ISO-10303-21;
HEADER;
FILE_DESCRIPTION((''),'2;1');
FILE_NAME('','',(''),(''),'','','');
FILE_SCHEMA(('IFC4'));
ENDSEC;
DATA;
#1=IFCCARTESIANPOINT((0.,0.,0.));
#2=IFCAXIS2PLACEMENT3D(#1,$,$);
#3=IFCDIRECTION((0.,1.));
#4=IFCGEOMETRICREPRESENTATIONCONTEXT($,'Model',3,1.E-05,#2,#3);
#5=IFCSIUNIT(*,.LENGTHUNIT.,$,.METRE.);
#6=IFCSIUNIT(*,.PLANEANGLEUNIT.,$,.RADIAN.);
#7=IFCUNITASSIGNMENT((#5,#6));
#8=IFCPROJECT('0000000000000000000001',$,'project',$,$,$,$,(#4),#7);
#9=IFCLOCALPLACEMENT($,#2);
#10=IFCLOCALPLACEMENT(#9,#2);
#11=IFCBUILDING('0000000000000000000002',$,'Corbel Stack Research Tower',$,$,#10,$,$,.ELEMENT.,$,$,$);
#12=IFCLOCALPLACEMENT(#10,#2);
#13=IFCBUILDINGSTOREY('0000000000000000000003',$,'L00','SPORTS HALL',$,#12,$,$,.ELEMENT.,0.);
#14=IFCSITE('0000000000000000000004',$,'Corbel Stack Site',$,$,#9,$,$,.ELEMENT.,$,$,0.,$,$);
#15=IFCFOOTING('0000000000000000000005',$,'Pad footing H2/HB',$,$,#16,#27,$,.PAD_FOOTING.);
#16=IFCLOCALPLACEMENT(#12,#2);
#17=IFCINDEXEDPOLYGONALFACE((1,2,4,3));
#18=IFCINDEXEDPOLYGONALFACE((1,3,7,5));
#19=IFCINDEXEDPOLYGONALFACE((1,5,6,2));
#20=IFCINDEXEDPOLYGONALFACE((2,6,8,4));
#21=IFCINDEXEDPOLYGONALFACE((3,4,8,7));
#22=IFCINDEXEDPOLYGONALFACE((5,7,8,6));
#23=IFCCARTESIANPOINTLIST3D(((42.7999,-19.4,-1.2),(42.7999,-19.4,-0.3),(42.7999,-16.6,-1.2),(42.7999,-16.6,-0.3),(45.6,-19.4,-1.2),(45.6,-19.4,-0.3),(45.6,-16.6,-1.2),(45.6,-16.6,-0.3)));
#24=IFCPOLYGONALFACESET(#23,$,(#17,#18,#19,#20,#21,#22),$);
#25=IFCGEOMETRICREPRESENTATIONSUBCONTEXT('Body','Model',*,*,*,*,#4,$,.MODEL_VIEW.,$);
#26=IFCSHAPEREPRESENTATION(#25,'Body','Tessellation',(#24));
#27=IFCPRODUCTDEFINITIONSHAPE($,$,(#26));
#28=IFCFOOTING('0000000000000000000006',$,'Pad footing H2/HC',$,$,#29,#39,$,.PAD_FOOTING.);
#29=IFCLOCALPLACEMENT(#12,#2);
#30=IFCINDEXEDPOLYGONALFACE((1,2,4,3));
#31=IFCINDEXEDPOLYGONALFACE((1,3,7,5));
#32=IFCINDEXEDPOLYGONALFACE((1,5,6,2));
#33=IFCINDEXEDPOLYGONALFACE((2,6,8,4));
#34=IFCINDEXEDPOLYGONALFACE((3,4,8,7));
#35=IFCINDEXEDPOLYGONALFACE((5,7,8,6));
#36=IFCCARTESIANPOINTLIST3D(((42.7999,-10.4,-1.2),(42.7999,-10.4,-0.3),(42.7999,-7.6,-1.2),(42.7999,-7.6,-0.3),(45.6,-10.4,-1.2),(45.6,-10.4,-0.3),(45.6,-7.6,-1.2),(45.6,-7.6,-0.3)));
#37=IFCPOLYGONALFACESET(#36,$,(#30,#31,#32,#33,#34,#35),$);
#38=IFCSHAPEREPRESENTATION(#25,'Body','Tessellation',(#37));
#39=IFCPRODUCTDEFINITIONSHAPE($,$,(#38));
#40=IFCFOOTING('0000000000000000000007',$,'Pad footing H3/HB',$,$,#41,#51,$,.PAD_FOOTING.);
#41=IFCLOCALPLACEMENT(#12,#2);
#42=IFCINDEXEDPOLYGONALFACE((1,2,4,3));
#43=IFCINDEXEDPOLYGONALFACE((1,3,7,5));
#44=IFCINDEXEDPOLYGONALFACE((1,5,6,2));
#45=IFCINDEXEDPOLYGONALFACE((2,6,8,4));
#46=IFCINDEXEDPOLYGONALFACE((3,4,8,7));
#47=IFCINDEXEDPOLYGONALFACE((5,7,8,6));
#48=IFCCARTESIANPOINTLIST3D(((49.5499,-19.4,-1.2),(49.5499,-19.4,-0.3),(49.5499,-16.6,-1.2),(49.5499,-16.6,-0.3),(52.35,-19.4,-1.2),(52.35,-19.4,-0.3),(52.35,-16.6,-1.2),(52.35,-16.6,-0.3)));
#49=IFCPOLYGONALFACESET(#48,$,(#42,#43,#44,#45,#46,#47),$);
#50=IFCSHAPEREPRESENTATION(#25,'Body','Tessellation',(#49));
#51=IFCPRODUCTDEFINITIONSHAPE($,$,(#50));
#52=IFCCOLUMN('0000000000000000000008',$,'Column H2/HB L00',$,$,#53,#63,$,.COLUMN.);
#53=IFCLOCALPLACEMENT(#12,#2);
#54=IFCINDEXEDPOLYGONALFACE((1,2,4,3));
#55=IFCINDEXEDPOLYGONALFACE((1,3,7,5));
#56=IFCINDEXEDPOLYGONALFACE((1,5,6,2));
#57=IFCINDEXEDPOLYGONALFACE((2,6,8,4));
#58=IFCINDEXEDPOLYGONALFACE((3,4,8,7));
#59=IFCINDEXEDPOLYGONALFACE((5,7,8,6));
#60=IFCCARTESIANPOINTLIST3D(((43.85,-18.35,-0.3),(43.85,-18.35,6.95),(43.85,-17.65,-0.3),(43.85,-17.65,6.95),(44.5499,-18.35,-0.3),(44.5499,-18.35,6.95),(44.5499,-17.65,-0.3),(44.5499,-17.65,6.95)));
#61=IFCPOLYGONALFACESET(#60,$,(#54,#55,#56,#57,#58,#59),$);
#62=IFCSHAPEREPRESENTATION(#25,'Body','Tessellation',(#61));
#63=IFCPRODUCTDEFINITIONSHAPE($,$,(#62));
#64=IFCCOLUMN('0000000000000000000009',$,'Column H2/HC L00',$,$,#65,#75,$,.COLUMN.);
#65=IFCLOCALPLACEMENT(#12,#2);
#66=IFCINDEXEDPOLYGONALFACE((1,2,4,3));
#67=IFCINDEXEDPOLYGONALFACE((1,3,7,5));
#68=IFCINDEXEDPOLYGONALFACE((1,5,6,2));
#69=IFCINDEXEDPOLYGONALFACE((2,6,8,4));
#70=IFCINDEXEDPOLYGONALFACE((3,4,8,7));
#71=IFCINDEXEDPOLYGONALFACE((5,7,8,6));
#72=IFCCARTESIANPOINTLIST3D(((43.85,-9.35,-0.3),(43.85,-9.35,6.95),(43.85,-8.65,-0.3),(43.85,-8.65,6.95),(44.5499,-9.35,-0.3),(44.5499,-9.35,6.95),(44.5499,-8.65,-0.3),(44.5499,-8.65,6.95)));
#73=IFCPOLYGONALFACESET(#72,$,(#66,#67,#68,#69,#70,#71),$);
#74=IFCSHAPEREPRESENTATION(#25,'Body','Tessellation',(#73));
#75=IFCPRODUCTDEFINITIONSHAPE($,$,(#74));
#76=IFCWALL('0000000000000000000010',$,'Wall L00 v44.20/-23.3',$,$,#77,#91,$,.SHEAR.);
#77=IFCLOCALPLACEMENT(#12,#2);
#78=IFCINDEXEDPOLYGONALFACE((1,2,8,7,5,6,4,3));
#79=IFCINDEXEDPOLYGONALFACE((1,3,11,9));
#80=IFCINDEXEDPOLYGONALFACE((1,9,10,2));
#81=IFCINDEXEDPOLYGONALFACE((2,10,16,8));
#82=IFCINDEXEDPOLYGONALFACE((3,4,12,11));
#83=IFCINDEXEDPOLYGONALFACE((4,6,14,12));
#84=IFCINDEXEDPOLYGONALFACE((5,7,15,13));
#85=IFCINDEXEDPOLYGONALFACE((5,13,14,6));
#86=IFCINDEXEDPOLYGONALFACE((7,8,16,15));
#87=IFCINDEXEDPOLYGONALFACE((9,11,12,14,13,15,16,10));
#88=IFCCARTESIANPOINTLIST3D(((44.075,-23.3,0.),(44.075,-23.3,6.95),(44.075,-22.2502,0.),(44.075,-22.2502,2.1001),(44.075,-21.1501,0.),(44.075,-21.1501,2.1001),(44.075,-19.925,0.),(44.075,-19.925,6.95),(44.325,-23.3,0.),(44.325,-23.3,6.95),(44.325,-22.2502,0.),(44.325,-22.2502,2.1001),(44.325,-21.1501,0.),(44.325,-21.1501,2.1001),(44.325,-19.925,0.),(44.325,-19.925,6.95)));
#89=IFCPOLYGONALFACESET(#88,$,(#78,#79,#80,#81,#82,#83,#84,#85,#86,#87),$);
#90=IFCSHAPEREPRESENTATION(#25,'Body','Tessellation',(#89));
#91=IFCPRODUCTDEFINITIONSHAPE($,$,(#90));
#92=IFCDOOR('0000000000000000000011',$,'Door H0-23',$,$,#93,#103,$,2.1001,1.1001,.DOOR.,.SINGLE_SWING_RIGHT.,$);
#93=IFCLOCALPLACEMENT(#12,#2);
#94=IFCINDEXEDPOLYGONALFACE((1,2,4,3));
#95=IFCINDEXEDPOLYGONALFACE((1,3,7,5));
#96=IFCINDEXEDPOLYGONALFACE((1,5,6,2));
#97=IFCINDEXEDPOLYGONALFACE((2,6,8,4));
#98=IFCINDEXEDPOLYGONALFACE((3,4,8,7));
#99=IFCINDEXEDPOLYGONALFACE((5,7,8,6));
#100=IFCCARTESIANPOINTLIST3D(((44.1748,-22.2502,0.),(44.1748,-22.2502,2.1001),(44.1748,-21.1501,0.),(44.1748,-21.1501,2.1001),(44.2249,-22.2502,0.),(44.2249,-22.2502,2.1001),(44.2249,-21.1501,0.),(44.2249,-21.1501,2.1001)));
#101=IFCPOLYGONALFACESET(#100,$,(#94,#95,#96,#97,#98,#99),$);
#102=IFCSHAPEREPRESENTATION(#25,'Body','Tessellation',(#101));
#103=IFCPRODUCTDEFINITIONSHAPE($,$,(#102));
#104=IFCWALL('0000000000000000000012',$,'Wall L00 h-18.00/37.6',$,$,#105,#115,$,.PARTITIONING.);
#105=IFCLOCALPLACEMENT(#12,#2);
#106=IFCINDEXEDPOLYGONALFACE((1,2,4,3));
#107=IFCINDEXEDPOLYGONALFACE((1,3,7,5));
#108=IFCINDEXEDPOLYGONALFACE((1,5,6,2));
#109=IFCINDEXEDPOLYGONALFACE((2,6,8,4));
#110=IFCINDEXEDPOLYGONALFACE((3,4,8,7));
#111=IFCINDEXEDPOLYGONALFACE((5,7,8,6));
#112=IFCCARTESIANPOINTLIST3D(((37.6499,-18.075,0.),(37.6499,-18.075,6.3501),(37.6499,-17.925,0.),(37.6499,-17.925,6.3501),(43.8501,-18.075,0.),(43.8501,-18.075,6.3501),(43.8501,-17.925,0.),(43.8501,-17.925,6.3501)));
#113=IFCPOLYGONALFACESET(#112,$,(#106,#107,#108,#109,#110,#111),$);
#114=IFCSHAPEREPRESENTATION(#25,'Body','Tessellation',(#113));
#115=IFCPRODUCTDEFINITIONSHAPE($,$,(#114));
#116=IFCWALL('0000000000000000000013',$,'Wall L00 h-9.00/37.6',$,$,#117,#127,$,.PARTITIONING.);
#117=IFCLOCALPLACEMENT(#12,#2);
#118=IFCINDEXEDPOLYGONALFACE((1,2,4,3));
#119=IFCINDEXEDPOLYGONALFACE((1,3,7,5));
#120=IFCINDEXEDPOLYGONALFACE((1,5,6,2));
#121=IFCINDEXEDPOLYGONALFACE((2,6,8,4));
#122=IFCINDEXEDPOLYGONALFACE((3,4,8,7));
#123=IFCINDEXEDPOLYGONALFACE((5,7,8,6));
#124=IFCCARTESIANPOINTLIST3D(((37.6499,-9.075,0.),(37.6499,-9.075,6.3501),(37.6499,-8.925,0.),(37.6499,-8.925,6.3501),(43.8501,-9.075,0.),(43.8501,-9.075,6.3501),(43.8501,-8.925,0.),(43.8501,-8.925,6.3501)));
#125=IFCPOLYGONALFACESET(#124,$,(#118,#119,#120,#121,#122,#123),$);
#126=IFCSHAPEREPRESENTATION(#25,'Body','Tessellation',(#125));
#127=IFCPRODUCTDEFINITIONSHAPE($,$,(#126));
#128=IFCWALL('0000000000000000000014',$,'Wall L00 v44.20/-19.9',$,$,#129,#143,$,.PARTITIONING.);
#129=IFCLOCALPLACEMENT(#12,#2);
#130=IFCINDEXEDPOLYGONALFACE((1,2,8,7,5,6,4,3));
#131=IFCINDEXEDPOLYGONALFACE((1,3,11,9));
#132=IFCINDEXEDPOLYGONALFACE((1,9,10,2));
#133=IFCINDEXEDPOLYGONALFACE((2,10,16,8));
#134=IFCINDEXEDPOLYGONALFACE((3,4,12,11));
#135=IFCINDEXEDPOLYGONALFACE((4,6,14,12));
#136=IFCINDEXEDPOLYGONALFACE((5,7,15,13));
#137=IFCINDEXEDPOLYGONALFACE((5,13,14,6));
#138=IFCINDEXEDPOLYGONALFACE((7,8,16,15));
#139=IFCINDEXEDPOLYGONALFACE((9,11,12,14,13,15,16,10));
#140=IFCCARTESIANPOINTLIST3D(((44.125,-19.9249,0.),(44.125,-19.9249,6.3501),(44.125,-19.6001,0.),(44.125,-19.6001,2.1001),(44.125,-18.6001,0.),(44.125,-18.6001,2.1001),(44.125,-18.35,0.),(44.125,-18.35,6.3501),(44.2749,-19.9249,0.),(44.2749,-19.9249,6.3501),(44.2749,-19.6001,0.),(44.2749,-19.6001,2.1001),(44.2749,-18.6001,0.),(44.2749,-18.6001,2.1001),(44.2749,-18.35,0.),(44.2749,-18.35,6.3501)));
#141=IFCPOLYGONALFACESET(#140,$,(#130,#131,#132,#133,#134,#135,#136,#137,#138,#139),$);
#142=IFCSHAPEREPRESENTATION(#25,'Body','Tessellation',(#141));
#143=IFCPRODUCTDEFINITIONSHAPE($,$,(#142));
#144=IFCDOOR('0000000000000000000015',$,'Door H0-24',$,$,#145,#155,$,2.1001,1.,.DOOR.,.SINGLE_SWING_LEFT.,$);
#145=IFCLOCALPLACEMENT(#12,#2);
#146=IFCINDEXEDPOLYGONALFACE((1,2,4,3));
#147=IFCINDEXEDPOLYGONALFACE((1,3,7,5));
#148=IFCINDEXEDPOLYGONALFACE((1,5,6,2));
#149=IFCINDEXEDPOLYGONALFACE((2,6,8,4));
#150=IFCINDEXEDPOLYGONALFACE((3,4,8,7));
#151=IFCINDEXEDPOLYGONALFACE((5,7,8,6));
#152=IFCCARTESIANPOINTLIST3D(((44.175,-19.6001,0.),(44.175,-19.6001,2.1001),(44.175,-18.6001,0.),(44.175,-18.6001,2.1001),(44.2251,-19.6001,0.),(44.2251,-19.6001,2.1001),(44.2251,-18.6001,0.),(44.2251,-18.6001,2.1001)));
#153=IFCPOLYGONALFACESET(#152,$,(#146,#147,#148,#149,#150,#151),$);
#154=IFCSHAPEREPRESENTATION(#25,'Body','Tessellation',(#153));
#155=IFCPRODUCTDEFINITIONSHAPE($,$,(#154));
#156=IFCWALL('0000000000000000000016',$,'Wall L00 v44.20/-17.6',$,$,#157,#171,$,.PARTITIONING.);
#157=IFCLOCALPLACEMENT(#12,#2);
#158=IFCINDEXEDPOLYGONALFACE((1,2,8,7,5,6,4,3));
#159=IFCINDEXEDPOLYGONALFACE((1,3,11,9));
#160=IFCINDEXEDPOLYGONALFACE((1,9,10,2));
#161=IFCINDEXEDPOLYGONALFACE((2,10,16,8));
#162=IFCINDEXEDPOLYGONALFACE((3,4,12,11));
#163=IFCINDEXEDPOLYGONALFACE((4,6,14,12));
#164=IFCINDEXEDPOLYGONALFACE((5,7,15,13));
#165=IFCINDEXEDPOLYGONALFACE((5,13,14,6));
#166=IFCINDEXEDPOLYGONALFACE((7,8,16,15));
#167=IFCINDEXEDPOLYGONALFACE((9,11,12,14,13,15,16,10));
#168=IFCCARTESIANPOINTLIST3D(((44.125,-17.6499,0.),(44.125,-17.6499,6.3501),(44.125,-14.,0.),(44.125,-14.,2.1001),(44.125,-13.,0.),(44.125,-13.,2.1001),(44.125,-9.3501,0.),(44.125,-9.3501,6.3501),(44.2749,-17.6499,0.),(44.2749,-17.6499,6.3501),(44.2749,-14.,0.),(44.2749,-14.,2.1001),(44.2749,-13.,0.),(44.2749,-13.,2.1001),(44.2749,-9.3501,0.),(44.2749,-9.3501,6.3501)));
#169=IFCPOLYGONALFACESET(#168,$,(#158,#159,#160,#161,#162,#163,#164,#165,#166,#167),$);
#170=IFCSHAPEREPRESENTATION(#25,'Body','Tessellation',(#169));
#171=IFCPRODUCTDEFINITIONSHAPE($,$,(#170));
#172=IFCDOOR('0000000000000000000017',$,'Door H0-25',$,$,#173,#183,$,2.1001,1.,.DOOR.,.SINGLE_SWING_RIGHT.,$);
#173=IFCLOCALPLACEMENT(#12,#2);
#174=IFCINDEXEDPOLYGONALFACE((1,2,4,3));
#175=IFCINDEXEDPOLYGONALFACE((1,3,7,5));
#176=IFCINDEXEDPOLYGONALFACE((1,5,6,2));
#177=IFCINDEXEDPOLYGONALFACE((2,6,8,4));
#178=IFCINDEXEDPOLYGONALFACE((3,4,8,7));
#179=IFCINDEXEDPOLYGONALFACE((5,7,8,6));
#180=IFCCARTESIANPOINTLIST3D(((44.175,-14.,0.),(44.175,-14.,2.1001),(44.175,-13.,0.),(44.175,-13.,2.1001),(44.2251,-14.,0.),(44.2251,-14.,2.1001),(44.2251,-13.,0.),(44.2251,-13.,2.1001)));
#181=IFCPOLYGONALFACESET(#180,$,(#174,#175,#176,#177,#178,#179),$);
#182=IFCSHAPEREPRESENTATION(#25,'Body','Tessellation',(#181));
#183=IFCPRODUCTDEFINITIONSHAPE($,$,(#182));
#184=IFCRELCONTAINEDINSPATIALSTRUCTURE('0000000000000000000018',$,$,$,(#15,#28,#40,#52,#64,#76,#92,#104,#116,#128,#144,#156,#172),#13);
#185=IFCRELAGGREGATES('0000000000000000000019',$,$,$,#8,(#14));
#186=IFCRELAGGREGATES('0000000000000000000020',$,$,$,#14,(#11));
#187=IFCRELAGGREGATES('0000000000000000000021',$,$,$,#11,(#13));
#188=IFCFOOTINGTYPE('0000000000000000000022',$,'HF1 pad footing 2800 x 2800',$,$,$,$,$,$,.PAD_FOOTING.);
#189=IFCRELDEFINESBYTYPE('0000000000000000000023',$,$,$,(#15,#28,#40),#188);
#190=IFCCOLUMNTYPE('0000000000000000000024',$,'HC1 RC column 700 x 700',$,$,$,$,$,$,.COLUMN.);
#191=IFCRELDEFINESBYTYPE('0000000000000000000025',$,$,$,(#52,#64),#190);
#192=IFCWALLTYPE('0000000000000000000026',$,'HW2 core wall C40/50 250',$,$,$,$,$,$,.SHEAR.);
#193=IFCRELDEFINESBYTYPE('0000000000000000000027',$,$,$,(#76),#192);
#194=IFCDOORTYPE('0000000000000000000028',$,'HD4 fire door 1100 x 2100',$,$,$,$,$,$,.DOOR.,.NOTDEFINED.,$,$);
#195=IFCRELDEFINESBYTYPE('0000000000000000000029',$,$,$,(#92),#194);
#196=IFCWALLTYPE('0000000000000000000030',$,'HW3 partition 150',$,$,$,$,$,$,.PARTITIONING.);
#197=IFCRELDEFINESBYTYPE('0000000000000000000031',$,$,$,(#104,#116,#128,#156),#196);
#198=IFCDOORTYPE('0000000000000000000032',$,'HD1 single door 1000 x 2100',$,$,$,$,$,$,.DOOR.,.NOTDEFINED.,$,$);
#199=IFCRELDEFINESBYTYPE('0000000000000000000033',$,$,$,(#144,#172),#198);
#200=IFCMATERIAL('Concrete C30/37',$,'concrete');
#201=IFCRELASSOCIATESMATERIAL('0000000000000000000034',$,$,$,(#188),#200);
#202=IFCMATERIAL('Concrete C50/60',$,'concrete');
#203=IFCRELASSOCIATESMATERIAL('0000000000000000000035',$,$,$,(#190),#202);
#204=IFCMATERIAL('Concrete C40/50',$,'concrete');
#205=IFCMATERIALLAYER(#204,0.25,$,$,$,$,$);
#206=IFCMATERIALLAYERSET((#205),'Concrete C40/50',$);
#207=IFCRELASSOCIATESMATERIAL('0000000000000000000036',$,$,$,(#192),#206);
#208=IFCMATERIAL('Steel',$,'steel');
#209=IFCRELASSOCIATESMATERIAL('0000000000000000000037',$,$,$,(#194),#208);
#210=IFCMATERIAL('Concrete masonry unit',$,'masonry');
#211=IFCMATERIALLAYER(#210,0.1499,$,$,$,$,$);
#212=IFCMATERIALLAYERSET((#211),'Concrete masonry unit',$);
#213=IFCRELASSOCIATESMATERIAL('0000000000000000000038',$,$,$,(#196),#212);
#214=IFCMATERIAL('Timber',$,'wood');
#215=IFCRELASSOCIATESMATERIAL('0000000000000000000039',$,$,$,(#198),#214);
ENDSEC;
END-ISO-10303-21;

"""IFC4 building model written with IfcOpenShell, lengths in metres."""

from ifc_helpers import new_model, si_unit, direction, frame, frame_2d, origin, origin_2d, place, context, subcontext, project, spatial, rectangle, extrude, material, layer, layer_set, material_profile, profile_set, type_object, element, fill, save


model = new_model("IFC4")

# Units and contexts
model_context = context("Model", 3, precision=1e-05, world=origin(), true_north=direction((0.0, 1.0)))
body_context = subcontext(model_context, "Body", "Model", "MODEL_VIEW")
ifc_project = project(units=[si_unit("LENGTHUNIT", "METRE"), si_unit("PLANEANGLEUNIT", "RADIAN")], contexts=[model_context])

# Site, building, storey
site_placement = place(None, origin())
site = spatial("IfcSite", under=ifc_project, at=site_placement, Name="Corbel Stack Site", CompositionType="ELEMENT", RefElevation=0.0)
building_placement = place(site_placement, origin())
building = spatial("IfcBuilding", under=site, at=building_placement, Name="Corbel Stack Research Tower", CompositionType="ELEMENT")
storey_placement = place(building_placement, origin())
storey = spatial("IfcBuildingStorey", under=building, at=storey_placement, Name="L00", Description="SPORTS HALL", CompositionType="ELEMENT", Elevation=0.0)

# Footings
ifc_material_1 = material(Name="Concrete C30/37", Category="concrete")
footing_type = type_object("IfcFootingType", Name="HF1 pad footing 2800 x 2800", PredefinedType="PAD_FOOTING", material=ifc_material_1)
for number, where, z_axis, x_axis, name in (
    (1, (44.2, -18.0, -1.2), (0.0, 0.0, 1.0), (1.0, 0.0, 0.0), "Pad footing H2/HB"),
    (2, (44.2, -9.0, -1.2), (0.0, 0.0, 1.0), (1.0, 0.0, 0.0), "Pad footing H2/HC"),
    (3, (50.95, -18.0, -1.2), (0.0, 0.0, 1.0), (1.0, 0.0, 0.0), "Pad footing H3/HB"),
):
    element("IfcFooting", number, at=place(storey_placement, frame(where, z_axis=z_axis, x_axis=x_axis)), inside=storey, type_object=footing_type, Name=name, PredefinedType="PAD_FOOTING", context=body_context, shape_type="SweptSolid", body=[
        extrude(rectangle(XDim=2.8, YDim=2.8, at=origin_2d()), origin(), (0.0, 0.0, 1.0), 0.8999),
    ])

# Columns
ifc_material_2 = material(Name="Concrete C50/60", Category="concrete")
ifc_material_profile = material_profile(ifc_material_2, rectangle(XDim=0.7, YDim=0.7, at=origin_2d()), Name="RC 700 x 700")
ifc_profile_set = profile_set([ifc_material_profile], Name="Concrete C50/60")
column_type = type_object("IfcColumnType", Name="HC1 RC column 700 x 700", PredefinedType="COLUMN", material=ifc_profile_set)
for number, where, z_axis, x_axis, name in (
    (4, (44.2, -18.0, -0.3), (0.0, 0.0, 1.0), (1.0, 0.0, 0.0), "Column H2/HB L00"),
    (5, (44.2, -9.0, -0.3), (0.0, 0.0, 1.0), (1.0, 0.0, 0.0), "Column H2/HC L00"),
):
    element("IfcColumn", number, at=place(storey_placement, frame(where, z_axis=z_axis, x_axis=x_axis)), inside=storey, type_object=column_type, Name=name, PredefinedType="COLUMN", context=body_context, shape_type="SweptSolid", body=[
        extrude(rectangle(XDim=0.7, YDim=0.7, at=origin_2d()), origin(), (0.0, 0.0, 1.0), 7.25),
    ])

# Wall, opening, door
ifc_material_3 = material(Name="Concrete C40/50", Category="concrete")
ifc_layer_1 = layer(ifc_material_3, 0.25)
ifc_layer_set_1 = layer_set([ifc_layer_1], Name="Concrete C40/50")
wall_type_1 = type_object("IfcWallType", Name="HW2 core wall C40/50 250", PredefinedType="SHEAR", material=ifc_layer_set_1)
wall_1_placement = place(storey_placement, frame((44.2, -19.925, 0.0), z_axis=(0.0, 0.0, 1.0), x_axis=(0.0, -1.0, 0.0)))
wall_1 = element("IfcWall", 6, at=wall_1_placement, inside=storey, type_object=wall_type_1, Name="Wall L00 v44.20/-23.3", PredefinedType="SHEAR", context=body_context, shape_type="SweptSolid", body=[
    extrude(rectangle(XDim=3.375, YDim=0.25, at=frame_2d((1.6875, 0.0))), origin(), (0.0, 0.0, 1.0), 6.95),
])
opening_1_placement = place(wall_1_placement, frame((1.2251, 0.0, 0.0)))
opening_1 = element("IfcOpeningElement", 7, at=opening_1_placement, cuts=wall_1, PredefinedType="OPENING", context=body_context, shape_type="SweptSolid", body=[
    extrude(rectangle(XDim=1.1001, YDim=2.1001, at=frame_2d((0.55, 1.05))), frame((0.0, 0.135, 0.0), z_axis=(0.0, -1.0, 0.0), x_axis=(1.0, 0.0, 0.0)), (0.0, 0.0, 1.0), 0.27),
])
ifc_material_4 = material(Name="Steel", Category="steel")
door_type_1 = type_object("IfcDoorType", Name="HD4 fire door 1100 x 2100", OperationType="NOTDEFINED", PredefinedType="DOOR", material=ifc_material_4)
door_1_placement = place(opening_1_placement, origin())
door_1 = element("IfcDoor", 8, at=door_1_placement, inside=storey, type_object=door_type_1, Name="Door H0-23", OperationType="SINGLE_SWING_RIGHT", OverallHeight=2.1001, OverallWidth=1.1001, PredefinedType="DOOR", context=body_context, shape_type="SweptSolid", body=[
    extrude(rectangle(XDim=1.1001, YDim=2.1001, at=frame_2d((0.55, 1.05))), frame((0.0, 0.0249, 0.0), z_axis=(0.0, -1.0, 0.0), x_axis=(1.0, 0.0, 0.0)), (0.0, 0.0, 1.0), 0.05),
])
fill(opening_1, door_1)

# Walls
ifc_material_5 = material(Name="Concrete masonry unit", Category="masonry")
ifc_layer_2 = layer(ifc_material_5, 0.1499)
ifc_layer_set_2 = layer_set([ifc_layer_2], Name="Concrete masonry unit")
wall_type_2 = type_object("IfcWallType", Name="HW3 partition 150", PredefinedType="PARTITIONING", material=ifc_layer_set_2)
for number, where, z_axis, x_axis, name in (
    (9, (37.6499, -18.0, 0.0), (0.0, 0.0, 1.0), (1.0, 0.0, 0.0), "Wall L00 h-18.00/37.6"),
    (10, (37.6499, -9.0, 0.0), (0.0, 0.0, 1.0), (1.0, 0.0, 0.0), "Wall L00 h-9.00/37.6"),
):
    element("IfcWall", number, at=place(storey_placement, frame(where, z_axis=z_axis, x_axis=x_axis)), inside=storey, type_object=wall_type_2, Name=name, PredefinedType="PARTITIONING", context=body_context, shape_type="SweptSolid", body=[
        extrude(rectangle(XDim=6.2002, YDim=0.1499, at=frame_2d((3.1001, 0.0))), origin(), (0.0, 0.0, 1.0), 6.3501),
    ])

# Walls, openings, doors
wall_2_placement = place(storey_placement, frame((44.2, -19.925, 0.0), z_axis=(0.0, 0.0, 1.0), x_axis=(0.0, 1.0, 0.0)))
wall_2 = element("IfcWall", 11, at=wall_2_placement, inside=storey, type_object=wall_type_2, Name="Wall L00 v44.20/-19.9", PredefinedType="PARTITIONING", context=body_context, shape_type="SweptSolid", body=[
    extrude(rectangle(XDim=1.575, YDim=0.1499, at=frame_2d((0.7876, 0.0))), origin(), (0.0, 0.0, 1.0), 6.3501),
])
opening_2_placement = place(wall_2_placement, frame((0.325, 0.0, 0.0)))
opening_2 = element("IfcOpeningElement", 12, at=opening_2_placement, cuts=wall_2, PredefinedType="OPENING", context=body_context, shape_type="SweptSolid", body=[
    extrude(rectangle(XDim=1.0, YDim=2.1001, at=frame_2d((0.5, 1.05))), frame((0.0, 0.085, 0.0), z_axis=(0.0, -1.0, 0.0), x_axis=(1.0, 0.0, 0.0)), (0.0, 0.0, 1.0), 0.1699),
])
ifc_material_6 = material(Name="Timber", Category="wood")
door_type_2 = type_object("IfcDoorType", Name="HD1 single door 1000 x 2100", OperationType="NOTDEFINED", PredefinedType="DOOR", material=ifc_material_6)
door_2_placement = place(opening_2_placement, origin())
door_2 = element("IfcDoor", 13, at=door_2_placement, inside=storey, type_object=door_type_2, Name="Door H0-24", OperationType="SINGLE_SWING_LEFT", OverallHeight=2.1001, OverallWidth=1.0, PredefinedType="DOOR", context=body_context, shape_type="SweptSolid", body=[
    extrude(rectangle(XDim=1.0, YDim=2.1001, at=frame_2d((0.5, 1.05))), frame((0.0, 0.0249, 0.0), z_axis=(0.0, -1.0, 0.0), x_axis=(1.0, 0.0, 0.0)), (0.0, 0.0, 1.0), 0.05),
])
fill(opening_2, door_2)
wall_3_placement = place(storey_placement, frame((44.2, -17.6499, 0.0), z_axis=(0.0, 0.0, 1.0), x_axis=(0.0, 1.0, 0.0)))
wall_3 = element("IfcWall", 14, at=wall_3_placement, inside=storey, type_object=wall_type_2, Name="Wall L00 v44.20/-17.6", PredefinedType="PARTITIONING", context=body_context, shape_type="SweptSolid", body=[
    extrude(rectangle(XDim=8.2998, YDim=0.1499, at=frame_2d((4.1499, 0.0))), origin(), (0.0, 0.0, 1.0), 6.3501),
])
opening_3_placement = place(wall_3_placement, frame((3.6499, 0.0, 0.0)))
opening_3 = element("IfcOpeningElement", 15, at=opening_3_placement, cuts=wall_3, PredefinedType="OPENING", context=body_context, shape_type="SweptSolid", body=[
    extrude(rectangle(XDim=1.0, YDim=2.1001, at=frame_2d((0.5, 1.05))), frame((0.0, 0.085, 0.0), z_axis=(0.0, -1.0, 0.0), x_axis=(1.0, 0.0, 0.0)), (0.0, 0.0, 1.0), 0.1699),
])
door_3_placement = place(opening_3_placement, origin())
door_3 = element("IfcDoor", 16, at=door_3_placement, inside=storey, type_object=door_type_2, Name="Door H0-25", OperationType="SINGLE_SWING_RIGHT", OverallHeight=2.1001, OverallWidth=1.0, PredefinedType="DOOR", context=body_context, shape_type="SweptSolid", body=[
    extrude(rectangle(XDim=1.0, YDim=2.1001, at=frame_2d((0.5, 1.05))), frame((0.0, 0.0249, 0.0), z_axis=(0.0, -1.0, 0.0), x_axis=(1.0, 0.0, 0.0)), (0.0, 0.0, 1.0), 0.05),
])
fill(opening_3, door_3)

save(model, "model.ifc")
